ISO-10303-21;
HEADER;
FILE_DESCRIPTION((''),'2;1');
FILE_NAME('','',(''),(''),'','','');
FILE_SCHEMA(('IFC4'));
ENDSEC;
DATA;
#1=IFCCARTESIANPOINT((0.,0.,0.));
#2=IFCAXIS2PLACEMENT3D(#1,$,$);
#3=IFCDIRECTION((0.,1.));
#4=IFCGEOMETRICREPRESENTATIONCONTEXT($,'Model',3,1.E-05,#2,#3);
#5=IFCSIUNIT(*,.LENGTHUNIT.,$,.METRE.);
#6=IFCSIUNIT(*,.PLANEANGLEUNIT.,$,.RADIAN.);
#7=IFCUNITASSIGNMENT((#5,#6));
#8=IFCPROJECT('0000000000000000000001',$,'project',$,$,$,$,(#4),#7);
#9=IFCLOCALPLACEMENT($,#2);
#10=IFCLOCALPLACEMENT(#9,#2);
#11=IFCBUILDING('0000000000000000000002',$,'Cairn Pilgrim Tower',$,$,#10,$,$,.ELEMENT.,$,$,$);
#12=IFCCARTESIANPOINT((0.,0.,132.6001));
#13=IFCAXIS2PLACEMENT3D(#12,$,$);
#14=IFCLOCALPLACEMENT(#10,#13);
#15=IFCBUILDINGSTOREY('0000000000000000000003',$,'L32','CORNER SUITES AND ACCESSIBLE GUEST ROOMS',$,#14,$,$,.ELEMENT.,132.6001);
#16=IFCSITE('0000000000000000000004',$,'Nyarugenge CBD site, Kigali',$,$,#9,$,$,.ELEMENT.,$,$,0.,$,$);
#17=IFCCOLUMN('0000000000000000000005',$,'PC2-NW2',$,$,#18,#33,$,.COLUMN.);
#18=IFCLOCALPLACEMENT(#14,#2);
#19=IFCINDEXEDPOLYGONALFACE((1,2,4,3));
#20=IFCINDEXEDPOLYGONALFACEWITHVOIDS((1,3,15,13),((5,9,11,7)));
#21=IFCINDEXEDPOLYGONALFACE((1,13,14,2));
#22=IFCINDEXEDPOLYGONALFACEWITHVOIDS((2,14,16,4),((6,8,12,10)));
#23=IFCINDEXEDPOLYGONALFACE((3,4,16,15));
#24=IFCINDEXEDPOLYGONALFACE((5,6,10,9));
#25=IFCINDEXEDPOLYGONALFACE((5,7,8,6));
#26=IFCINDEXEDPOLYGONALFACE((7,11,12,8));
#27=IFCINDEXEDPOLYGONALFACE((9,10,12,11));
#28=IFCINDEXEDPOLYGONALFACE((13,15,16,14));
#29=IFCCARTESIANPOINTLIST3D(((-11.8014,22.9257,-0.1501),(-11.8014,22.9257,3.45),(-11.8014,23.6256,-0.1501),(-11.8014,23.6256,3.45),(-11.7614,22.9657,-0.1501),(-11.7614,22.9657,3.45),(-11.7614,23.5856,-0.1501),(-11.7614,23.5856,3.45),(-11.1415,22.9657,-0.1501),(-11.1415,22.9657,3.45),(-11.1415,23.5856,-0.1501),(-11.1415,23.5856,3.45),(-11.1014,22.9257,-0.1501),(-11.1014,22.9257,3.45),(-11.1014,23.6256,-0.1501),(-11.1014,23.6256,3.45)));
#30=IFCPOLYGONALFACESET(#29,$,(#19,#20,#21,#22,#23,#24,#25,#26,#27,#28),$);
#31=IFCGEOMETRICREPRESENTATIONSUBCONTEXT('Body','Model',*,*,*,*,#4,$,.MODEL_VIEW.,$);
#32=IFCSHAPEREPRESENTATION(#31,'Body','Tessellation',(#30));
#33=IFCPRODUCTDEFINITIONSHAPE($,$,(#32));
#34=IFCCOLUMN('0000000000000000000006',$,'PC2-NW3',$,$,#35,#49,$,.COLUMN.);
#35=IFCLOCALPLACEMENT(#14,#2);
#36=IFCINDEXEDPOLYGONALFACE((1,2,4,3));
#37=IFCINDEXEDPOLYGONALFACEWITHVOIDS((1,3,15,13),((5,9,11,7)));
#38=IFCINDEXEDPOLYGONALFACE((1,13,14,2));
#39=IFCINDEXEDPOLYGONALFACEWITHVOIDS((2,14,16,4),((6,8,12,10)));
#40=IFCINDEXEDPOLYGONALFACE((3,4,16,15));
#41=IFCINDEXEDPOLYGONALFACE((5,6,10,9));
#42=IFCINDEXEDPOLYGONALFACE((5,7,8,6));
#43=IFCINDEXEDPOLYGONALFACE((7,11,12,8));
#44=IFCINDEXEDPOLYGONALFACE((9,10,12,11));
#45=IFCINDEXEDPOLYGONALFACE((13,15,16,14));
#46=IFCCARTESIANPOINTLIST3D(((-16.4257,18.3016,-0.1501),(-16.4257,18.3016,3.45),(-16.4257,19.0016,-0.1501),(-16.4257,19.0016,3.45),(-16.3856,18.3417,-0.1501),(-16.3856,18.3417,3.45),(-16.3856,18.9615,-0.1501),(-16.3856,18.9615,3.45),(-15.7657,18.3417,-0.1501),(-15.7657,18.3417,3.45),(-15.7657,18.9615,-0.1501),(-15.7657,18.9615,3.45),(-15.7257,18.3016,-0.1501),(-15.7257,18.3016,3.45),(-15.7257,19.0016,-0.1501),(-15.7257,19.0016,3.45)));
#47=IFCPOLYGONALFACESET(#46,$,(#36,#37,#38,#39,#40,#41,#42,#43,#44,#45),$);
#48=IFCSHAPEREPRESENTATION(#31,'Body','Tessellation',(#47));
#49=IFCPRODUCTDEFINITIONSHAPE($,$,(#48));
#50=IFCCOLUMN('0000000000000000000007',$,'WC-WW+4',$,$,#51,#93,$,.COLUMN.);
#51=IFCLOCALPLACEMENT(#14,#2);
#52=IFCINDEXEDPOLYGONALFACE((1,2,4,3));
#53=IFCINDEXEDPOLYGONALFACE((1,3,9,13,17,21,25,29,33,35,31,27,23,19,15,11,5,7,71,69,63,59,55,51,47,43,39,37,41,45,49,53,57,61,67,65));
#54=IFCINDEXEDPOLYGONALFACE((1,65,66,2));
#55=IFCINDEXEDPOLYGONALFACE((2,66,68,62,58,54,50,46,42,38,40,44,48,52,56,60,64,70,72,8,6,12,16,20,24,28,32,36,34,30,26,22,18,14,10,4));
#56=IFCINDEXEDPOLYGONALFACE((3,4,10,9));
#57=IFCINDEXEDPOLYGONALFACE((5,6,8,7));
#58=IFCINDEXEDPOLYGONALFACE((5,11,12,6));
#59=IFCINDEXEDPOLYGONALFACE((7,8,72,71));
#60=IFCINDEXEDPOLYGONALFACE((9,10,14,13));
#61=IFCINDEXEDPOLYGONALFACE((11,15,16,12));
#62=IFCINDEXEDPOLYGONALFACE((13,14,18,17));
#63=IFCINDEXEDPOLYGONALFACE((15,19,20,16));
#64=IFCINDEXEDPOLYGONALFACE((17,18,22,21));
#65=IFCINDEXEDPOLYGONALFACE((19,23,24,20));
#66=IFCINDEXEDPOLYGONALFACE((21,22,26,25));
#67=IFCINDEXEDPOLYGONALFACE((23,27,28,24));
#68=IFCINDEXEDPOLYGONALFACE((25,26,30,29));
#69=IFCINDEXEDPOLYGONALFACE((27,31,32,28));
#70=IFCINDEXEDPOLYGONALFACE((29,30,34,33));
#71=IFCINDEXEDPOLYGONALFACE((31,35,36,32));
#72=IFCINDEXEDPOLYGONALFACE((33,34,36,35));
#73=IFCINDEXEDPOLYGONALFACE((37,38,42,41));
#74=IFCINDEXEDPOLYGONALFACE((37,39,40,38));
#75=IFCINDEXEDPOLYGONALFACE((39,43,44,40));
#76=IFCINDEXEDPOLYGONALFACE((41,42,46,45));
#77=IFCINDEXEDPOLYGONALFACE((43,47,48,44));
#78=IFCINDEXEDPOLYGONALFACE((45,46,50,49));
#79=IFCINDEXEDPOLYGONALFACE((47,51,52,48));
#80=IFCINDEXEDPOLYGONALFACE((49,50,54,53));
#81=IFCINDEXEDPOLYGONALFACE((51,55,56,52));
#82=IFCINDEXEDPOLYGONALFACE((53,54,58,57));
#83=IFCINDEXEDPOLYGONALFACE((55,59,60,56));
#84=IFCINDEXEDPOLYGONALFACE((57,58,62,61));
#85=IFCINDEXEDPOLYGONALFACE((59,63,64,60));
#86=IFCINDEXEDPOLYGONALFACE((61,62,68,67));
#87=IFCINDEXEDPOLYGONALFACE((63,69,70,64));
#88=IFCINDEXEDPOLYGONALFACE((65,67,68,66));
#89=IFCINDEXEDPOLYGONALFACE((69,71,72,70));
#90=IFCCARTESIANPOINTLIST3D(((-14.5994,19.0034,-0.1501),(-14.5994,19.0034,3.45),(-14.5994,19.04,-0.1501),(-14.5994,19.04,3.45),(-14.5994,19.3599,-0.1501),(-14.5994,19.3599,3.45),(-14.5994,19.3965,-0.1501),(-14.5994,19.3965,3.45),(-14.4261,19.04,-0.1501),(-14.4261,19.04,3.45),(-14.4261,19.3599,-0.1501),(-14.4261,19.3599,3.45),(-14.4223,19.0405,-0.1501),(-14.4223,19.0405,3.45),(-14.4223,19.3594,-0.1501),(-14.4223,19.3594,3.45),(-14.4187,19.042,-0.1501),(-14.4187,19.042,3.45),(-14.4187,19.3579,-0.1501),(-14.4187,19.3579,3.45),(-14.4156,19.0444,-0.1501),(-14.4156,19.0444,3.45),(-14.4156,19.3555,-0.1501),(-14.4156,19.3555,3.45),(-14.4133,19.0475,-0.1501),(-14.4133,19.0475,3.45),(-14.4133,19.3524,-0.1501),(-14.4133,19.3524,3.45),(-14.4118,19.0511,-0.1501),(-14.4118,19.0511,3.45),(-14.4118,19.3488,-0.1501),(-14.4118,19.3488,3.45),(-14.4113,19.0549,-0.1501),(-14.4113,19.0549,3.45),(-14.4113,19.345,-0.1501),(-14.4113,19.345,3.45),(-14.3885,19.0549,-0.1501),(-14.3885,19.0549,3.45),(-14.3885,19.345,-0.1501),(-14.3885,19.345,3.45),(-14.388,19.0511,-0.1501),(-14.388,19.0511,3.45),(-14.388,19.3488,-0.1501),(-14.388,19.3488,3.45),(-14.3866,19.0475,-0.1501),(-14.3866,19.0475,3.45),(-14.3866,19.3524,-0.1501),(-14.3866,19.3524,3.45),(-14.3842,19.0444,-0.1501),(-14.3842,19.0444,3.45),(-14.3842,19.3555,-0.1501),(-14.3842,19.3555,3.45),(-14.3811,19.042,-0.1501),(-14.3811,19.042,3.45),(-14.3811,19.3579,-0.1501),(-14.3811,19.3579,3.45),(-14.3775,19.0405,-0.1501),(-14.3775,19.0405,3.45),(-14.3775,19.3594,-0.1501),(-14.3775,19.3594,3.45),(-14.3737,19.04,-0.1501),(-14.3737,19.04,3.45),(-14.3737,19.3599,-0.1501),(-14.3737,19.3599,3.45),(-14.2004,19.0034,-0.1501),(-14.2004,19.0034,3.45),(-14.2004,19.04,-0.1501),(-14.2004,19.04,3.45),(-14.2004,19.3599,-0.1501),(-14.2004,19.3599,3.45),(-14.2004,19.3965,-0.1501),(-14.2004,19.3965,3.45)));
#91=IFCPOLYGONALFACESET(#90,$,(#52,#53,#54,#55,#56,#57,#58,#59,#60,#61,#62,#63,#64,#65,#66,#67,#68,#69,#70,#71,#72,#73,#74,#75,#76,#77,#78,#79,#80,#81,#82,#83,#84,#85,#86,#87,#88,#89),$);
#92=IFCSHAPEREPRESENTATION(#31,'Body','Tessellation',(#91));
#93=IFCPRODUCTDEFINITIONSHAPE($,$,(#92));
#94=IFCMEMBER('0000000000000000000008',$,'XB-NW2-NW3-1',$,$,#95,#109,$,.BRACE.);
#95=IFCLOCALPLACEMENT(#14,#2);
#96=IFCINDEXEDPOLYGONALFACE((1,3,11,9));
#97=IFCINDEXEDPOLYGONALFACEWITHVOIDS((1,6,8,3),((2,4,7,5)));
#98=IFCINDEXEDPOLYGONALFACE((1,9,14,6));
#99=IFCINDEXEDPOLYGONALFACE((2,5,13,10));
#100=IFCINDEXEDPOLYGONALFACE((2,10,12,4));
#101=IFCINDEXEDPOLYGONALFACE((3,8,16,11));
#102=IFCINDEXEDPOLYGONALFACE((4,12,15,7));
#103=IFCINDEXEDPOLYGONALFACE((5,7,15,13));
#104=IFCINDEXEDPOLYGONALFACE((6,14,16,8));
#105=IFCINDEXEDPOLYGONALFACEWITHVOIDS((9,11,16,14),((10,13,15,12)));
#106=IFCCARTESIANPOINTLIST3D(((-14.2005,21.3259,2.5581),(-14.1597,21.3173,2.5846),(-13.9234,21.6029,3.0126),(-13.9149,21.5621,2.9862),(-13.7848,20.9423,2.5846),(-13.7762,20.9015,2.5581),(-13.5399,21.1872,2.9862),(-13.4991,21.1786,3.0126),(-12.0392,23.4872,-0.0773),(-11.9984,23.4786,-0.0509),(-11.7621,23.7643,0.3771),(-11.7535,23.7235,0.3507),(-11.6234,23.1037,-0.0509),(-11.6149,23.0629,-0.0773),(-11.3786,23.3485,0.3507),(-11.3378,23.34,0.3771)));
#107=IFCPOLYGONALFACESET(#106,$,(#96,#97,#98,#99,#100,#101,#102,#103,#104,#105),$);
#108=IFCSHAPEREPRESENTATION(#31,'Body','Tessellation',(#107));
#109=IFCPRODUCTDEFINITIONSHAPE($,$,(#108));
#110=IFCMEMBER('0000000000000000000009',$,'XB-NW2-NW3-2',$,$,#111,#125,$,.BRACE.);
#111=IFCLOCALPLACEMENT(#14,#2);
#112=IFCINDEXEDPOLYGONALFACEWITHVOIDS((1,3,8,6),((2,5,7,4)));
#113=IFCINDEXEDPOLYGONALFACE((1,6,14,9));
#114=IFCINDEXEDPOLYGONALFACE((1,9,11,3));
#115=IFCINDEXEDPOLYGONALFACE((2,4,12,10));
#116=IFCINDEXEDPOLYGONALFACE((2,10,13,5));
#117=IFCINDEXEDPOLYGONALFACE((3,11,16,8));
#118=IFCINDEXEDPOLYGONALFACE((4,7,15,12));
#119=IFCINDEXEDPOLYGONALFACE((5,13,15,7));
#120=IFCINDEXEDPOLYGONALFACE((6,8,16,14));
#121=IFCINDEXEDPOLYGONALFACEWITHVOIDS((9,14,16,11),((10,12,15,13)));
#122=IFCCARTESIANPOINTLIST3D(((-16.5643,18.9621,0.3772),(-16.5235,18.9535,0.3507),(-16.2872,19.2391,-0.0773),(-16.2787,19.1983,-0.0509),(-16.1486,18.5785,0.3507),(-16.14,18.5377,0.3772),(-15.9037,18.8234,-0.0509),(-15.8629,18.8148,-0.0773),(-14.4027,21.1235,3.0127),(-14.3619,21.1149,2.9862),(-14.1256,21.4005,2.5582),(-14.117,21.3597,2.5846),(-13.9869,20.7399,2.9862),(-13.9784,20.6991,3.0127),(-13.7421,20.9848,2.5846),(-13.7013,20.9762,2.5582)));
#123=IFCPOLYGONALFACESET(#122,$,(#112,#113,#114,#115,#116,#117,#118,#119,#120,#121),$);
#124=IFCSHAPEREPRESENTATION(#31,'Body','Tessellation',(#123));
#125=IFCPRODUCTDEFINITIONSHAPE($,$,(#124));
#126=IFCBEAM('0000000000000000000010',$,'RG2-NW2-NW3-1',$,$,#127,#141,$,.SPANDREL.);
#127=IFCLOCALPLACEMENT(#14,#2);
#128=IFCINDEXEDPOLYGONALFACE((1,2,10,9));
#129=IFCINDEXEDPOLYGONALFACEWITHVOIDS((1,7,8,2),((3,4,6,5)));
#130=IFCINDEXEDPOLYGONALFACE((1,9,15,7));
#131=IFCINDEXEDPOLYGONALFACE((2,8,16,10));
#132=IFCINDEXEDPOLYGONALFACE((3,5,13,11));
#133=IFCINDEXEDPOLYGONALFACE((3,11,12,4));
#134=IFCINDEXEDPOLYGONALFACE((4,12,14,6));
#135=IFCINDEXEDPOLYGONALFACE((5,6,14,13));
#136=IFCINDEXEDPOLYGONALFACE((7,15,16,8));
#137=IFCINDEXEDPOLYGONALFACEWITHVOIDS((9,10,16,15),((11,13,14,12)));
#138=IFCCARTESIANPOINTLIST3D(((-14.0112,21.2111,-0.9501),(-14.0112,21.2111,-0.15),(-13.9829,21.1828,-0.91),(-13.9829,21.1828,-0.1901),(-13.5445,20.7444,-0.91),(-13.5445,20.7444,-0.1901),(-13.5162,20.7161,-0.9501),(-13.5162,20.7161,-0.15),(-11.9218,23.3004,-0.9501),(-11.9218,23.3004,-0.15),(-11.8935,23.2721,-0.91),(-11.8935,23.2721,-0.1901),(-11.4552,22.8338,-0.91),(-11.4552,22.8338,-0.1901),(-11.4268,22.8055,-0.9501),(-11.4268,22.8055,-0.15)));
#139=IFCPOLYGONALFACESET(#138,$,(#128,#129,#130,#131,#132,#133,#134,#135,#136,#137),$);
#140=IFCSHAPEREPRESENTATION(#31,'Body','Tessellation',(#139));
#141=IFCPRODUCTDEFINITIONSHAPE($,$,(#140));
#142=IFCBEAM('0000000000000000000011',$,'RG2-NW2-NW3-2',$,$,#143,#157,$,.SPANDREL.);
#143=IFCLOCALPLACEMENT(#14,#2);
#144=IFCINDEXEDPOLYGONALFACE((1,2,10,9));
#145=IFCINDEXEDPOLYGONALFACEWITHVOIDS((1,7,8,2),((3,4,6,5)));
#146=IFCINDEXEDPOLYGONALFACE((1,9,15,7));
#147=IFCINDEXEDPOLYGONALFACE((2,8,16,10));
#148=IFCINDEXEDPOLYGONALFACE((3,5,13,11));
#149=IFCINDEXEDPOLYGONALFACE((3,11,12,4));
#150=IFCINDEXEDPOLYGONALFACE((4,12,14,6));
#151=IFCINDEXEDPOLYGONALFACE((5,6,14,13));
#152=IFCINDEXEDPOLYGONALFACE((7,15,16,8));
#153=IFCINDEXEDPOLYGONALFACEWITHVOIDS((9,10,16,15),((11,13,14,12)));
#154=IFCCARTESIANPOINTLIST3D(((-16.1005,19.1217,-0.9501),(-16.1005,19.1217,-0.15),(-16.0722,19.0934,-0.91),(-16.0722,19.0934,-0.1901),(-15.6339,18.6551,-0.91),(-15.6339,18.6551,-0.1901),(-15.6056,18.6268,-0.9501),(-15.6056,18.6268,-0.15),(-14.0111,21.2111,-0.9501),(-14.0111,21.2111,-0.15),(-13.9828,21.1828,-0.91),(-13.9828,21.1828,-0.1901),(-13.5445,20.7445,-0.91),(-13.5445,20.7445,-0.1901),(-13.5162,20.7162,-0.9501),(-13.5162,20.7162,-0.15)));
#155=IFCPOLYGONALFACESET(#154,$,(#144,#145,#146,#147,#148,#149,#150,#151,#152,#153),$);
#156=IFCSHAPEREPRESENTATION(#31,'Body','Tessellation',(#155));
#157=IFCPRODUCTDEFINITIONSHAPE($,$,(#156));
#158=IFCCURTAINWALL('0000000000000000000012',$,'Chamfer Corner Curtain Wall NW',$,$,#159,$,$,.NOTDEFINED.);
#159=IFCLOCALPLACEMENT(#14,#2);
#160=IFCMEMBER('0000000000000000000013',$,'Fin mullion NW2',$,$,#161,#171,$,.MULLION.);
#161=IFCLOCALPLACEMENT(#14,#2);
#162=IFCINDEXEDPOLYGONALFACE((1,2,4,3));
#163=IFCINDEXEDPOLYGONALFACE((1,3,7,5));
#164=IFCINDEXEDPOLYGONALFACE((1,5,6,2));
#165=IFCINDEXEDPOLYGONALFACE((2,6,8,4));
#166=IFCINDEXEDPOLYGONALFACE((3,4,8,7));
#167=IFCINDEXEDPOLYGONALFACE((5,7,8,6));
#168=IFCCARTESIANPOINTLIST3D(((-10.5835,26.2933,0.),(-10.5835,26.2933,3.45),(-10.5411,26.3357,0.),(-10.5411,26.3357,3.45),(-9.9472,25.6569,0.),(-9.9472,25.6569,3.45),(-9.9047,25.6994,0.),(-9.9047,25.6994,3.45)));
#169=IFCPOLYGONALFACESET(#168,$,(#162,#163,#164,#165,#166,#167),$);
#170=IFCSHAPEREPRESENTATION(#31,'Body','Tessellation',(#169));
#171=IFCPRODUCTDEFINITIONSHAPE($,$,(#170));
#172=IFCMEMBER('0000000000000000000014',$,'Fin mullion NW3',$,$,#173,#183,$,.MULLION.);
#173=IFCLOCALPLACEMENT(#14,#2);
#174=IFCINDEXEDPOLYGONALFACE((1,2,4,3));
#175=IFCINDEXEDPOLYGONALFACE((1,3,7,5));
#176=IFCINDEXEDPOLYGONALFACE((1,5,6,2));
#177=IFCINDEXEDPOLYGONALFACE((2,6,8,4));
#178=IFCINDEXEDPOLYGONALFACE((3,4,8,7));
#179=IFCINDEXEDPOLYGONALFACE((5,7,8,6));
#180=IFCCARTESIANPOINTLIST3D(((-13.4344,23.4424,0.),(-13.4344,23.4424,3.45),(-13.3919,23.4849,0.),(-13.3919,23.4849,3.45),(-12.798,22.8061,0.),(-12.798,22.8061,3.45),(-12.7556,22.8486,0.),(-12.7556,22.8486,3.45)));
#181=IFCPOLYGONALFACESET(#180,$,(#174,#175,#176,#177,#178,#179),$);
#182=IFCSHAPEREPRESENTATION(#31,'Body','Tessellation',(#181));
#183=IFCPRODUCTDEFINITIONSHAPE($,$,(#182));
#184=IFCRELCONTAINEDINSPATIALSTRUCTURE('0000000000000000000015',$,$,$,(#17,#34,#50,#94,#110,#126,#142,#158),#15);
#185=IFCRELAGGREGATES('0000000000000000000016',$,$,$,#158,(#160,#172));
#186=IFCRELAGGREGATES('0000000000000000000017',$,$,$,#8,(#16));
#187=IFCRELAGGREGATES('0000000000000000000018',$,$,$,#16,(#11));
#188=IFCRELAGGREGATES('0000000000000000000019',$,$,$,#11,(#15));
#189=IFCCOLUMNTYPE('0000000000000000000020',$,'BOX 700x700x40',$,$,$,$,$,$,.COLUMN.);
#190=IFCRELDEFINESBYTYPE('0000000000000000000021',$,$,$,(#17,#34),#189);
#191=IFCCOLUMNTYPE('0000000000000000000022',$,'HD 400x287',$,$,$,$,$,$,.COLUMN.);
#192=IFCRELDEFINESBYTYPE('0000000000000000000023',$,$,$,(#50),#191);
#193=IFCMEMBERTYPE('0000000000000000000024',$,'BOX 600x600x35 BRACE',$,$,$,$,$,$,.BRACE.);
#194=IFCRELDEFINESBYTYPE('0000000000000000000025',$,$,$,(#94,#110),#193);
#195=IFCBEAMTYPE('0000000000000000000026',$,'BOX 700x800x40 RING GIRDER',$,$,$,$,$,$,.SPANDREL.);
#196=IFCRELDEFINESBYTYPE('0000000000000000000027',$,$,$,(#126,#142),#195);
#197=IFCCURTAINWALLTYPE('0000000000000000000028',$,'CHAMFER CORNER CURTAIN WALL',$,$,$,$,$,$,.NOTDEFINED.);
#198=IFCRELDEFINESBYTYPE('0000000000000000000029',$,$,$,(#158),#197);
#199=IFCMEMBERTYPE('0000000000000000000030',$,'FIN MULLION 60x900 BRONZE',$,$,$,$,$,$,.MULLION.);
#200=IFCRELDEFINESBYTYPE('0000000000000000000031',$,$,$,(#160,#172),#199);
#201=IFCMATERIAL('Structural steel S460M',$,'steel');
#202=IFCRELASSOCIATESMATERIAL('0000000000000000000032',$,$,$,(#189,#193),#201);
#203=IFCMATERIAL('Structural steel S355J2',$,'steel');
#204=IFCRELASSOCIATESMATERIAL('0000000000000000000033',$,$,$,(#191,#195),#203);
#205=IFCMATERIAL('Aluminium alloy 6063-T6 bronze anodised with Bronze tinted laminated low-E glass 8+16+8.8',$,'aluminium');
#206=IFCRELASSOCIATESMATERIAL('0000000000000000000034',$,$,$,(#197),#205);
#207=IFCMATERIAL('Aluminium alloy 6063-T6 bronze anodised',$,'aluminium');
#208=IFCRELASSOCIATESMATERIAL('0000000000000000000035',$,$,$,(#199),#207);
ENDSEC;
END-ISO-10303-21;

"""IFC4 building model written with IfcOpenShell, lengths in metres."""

from ifc_helpers import new_model, si_unit, direction, frame, origin, origin_2d, place, context, subcontext, project, spatial, rectangle, hollow_rectangle, i_section, extrude, material, material_profile, profile_set, type_object, element, aggregate, save


model = new_model("IFC4")

# Units and contexts
model_context = context("Model", 3, precision=1e-05, world=origin(), true_north=direction((0.0, 1.0)))
body_context = subcontext(model_context, "Body", "Model", "MODEL_VIEW")
ifc_project = project(units=[si_unit("LENGTHUNIT", "METRE"), si_unit("PLANEANGLEUNIT", "RADIAN")], contexts=[model_context])

# Site, building, storey
site_placement = place(None, origin())
site = spatial("IfcSite", under=ifc_project, at=site_placement, Name="Nyarugenge CBD site, Kigali", CompositionType="ELEMENT", RefElevation=0.0)
building_placement = place(site_placement, origin())
building = spatial("IfcBuilding", under=site, at=building_placement, Name="Cairn Pilgrim Tower", CompositionType="ELEMENT")
storey_placement = place(building_placement, frame((0.0, 0.0, 132.6001)))
storey = spatial("IfcBuildingStorey", under=building, at=storey_placement, Name="L32", Description="CORNER SUITES AND ACCESSIBLE GUEST ROOMS", CompositionType="ELEMENT", Elevation=132.6001)

# Columns
ifc_material_1 = material(Name="Structural steel S460M", Category="steel")
ifc_material_profile_1 = material_profile(ifc_material_1, hollow_rectangle(XDim=0.7, YDim=0.7, WallThickness=0.04, at=origin_2d()), Name="BOX 700x700x40")
ifc_profile_set_1 = profile_set([ifc_material_profile_1], Name="Structural steel S460M")
column_type_1 = type_object("IfcColumnType", Name="BOX 700x700x40", PredefinedType="COLUMN", material=ifc_profile_set_1)
for number, where, z_axis, x_axis, name in (
    (1, (-11.4514, 23.2756, -0.1501), (0.0, 0.0, 1.0), (1.0, 0.0, 0.0), "PC2-NW2"),
    (2, (-16.0757, 18.6516, -0.1501), (0.0, 0.0, 1.0), (1.0, 0.0, 0.0), "PC2-NW3"),
):
    element("IfcColumn", number, at=place(storey_placement, frame(where, z_axis=z_axis, x_axis=x_axis)), inside=storey, type_object=column_type_1, Name=name, PredefinedType="COLUMN", context=body_context, shape_type="SweptSolid", body=[
        extrude(hollow_rectangle(XDim=0.7, YDim=0.7, WallThickness=0.04, at=origin_2d()), origin(), (0.0, 0.0, 1.0), 3.6001),
    ])
ifc_material_2 = material(Name="Structural steel S355J2", Category="steel")
ifc_material_profile_2 = material_profile(ifc_material_2, i_section(OverallWidth=0.3989, OverallDepth=0.3931, WebThickness=0.0227, FlangeThickness=0.0366, FilletRadius=0.0149, at=origin_2d()), Name="HD 400x287")
ifc_profile_set_2 = profile_set([ifc_material_profile_2], Name="Structural steel S355J2")
column_type_2 = type_object("IfcColumnType", Name="HD 400x287", PredefinedType="COLUMN", material=ifc_profile_set_2)
column_placement = place(storey_placement, frame((-14.3999, 19.2, -0.1501), z_axis=(0.0, 0.0, 1.0), x_axis=(1.0, 0.0, 0.0)))
element("IfcColumn", 3, at=column_placement, inside=storey, type_object=column_type_2, Name="WC-WW+4", PredefinedType="COLUMN", context=body_context, shape_type="SweptSolid", body=[
    extrude(i_section(OverallWidth=0.3989, OverallDepth=0.3931, WebThickness=0.0227, FlangeThickness=0.0366, FilletRadius=0.0149, at=origin_2d()), origin(), (0.0, 0.0, 1.0), 3.6001),
])

# Members
ifc_material_profile_3 = material_profile(ifc_material_1, hollow_rectangle(XDim=0.6001, YDim=0.6001, WallThickness=0.0349, at=origin_2d()), Name="BOX 600x600x35")
ifc_profile_set_3 = profile_set([ifc_material_profile_3], Name="Structural steel S460M")
member_type_1 = type_object("IfcMemberType", Name="BOX 600x600x35 BRACE", PredefinedType="BRACE", material=ifc_profile_set_3)
member_1_placement = place(storey_placement, frame((-11.6885, 23.4136, 0.1499), z_axis=(-0.53553, -0.53553, 0.653004), x_axis=(0.707107, -0.707107, 0.0)))
element("IfcMember", 4, at=member_1_placement, inside=storey, type_object=member_type_1, Name="XB-NW2-NW3-1", PredefinedType="BRACE", context=body_context, shape_type="SweptSolid", body=[
    extrude(hollow_rectangle(XDim=0.6001, YDim=0.6001, WallThickness=0.0349, at=origin_2d()), origin(), (0.0, 0.0, 1.0), 4.0359),
])
member_2_placement = place(storey_placement, frame((-16.2136, 18.8884, 0.1499), z_axis=(0.535573, 0.535513, 0.652983), x_axis=(-0.707067, 0.707147, 0.0)))
element("IfcMember", 5, at=member_2_placement, inside=storey, type_object=member_type_1, Name="XB-NW2-NW3-2", PredefinedType="BRACE", context=body_context, shape_type="SweptSolid", body=[
    extrude(hollow_rectangle(XDim=0.6001, YDim=0.6001, WallThickness=0.0349, at=origin_2d()), origin(), (0.0, 0.0, 1.0), 4.0361),
])

# Beams
ifc_material_profile_4 = material_profile(ifc_material_2, hollow_rectangle(XDim=0.7, YDim=0.8, WallThickness=0.04, at=origin_2d()), Name="BOX 700x800x40")
ifc_profile_set_4 = profile_set([ifc_material_profile_4], Name="Structural steel S355J2")
beam_type_1 = type_object("IfcBeamType", Name="BOX 700x800x40 RING GIRDER", PredefinedType="SPANDREL", material=ifc_profile_set_4)
for number, where, z_axis, x_axis, name in (
    (6, (-11.6743, 23.053, -0.55), (-0.707107, -0.707107, 0.0), (0.707107, -0.707107, 0.0), "RG2-NW2-NW3-1"),
    (7, (-13.7637, 20.9636, -0.55), (-0.707107, -0.707107, 0.0), (0.707107, -0.707107, 0.0), "RG2-NW2-NW3-2"),
):
    element("IfcBeam", number, at=place(storey_placement, frame(where, z_axis=z_axis, x_axis=x_axis)), inside=storey, type_object=beam_type_1, Name=name, PredefinedType="SPANDREL", context=body_context, shape_type="SweptSolid", body=[
        extrude(hollow_rectangle(XDim=0.7, YDim=0.8, WallThickness=0.04, at=origin_2d()), origin(), (0.0, 0.0, 1.0), 2.9548),
    ])

# Curtain wall, members
ifc_material_3 = material(Name="Aluminium alloy 6063-T6 bronze anodised with Bronze tinted laminated low-E glass 8+16+8.8", Category="aluminium")
curtain_wall_type_1 = type_object("IfcCurtainWallType", Name="CHAMFER CORNER CURTAIN WALL", PredefinedType="NOTDEFINED", material=ifc_material_3)
curtain_wall_1_placement = place(storey_placement, origin())
curtain_wall_1 = element("IfcCurtainWall", 8, at=curtain_wall_1_placement, inside=storey, type_object=curtain_wall_type_1, Name="Chamfer Corner Curtain Wall NW", PredefinedType="NOTDEFINED")
ifc_material_4 = material(Name="Aluminium alloy 6063-T6 bronze anodised", Category="aluminium")
ifc_material_profile_5 = material_profile(ifc_material_4, rectangle(XDim=0.8999, YDim=0.0601, at=origin_2d()), Name="FIN MULLION 60x900 BRONZE")
ifc_profile_set_5 = profile_set([ifc_material_profile_5], Name="Aluminium alloy 6063-T6 bronze anodised")
member_type_2 = type_object("IfcMemberType", Name="FIN MULLION 60x900 BRONZE", PredefinedType="MULLION", material=ifc_profile_set_5)
member_3_placement = place(storey_placement, frame((-10.2441, 25.9963, 0.0), z_axis=(0.0, 0.0, 1.0), x_axis=(-0.707107, 0.707107, 0.0)))
member_3 = element("IfcMember", 9, at=member_3_placement, type_object=member_type_2, Name="Fin mullion NW2", PredefinedType="MULLION", context=body_context, shape_type="SweptSolid", body=[
    extrude(rectangle(XDim=0.8999, YDim=0.0601, at=origin_2d()), origin(), (0.0, 0.0, 1.0), 3.45),
])
member_4_placement = place(storey_placement, frame((-13.095, 23.1455, 0.0), z_axis=(0.0, 0.0, 1.0), x_axis=(-0.707107, 0.707107, 0.0)))
member_4 = element("IfcMember", 10, at=member_4_placement, type_object=member_type_2, Name="Fin mullion NW3", PredefinedType="MULLION", context=body_context, shape_type="SweptSolid", body=[
    extrude(rectangle(XDim=0.8999, YDim=0.0601, at=origin_2d()), origin(), (0.0, 0.0, 1.0), 3.45),
])

aggregate(curtain_wall_1, [member_3, member_4])

save(model, "model.ifc")
